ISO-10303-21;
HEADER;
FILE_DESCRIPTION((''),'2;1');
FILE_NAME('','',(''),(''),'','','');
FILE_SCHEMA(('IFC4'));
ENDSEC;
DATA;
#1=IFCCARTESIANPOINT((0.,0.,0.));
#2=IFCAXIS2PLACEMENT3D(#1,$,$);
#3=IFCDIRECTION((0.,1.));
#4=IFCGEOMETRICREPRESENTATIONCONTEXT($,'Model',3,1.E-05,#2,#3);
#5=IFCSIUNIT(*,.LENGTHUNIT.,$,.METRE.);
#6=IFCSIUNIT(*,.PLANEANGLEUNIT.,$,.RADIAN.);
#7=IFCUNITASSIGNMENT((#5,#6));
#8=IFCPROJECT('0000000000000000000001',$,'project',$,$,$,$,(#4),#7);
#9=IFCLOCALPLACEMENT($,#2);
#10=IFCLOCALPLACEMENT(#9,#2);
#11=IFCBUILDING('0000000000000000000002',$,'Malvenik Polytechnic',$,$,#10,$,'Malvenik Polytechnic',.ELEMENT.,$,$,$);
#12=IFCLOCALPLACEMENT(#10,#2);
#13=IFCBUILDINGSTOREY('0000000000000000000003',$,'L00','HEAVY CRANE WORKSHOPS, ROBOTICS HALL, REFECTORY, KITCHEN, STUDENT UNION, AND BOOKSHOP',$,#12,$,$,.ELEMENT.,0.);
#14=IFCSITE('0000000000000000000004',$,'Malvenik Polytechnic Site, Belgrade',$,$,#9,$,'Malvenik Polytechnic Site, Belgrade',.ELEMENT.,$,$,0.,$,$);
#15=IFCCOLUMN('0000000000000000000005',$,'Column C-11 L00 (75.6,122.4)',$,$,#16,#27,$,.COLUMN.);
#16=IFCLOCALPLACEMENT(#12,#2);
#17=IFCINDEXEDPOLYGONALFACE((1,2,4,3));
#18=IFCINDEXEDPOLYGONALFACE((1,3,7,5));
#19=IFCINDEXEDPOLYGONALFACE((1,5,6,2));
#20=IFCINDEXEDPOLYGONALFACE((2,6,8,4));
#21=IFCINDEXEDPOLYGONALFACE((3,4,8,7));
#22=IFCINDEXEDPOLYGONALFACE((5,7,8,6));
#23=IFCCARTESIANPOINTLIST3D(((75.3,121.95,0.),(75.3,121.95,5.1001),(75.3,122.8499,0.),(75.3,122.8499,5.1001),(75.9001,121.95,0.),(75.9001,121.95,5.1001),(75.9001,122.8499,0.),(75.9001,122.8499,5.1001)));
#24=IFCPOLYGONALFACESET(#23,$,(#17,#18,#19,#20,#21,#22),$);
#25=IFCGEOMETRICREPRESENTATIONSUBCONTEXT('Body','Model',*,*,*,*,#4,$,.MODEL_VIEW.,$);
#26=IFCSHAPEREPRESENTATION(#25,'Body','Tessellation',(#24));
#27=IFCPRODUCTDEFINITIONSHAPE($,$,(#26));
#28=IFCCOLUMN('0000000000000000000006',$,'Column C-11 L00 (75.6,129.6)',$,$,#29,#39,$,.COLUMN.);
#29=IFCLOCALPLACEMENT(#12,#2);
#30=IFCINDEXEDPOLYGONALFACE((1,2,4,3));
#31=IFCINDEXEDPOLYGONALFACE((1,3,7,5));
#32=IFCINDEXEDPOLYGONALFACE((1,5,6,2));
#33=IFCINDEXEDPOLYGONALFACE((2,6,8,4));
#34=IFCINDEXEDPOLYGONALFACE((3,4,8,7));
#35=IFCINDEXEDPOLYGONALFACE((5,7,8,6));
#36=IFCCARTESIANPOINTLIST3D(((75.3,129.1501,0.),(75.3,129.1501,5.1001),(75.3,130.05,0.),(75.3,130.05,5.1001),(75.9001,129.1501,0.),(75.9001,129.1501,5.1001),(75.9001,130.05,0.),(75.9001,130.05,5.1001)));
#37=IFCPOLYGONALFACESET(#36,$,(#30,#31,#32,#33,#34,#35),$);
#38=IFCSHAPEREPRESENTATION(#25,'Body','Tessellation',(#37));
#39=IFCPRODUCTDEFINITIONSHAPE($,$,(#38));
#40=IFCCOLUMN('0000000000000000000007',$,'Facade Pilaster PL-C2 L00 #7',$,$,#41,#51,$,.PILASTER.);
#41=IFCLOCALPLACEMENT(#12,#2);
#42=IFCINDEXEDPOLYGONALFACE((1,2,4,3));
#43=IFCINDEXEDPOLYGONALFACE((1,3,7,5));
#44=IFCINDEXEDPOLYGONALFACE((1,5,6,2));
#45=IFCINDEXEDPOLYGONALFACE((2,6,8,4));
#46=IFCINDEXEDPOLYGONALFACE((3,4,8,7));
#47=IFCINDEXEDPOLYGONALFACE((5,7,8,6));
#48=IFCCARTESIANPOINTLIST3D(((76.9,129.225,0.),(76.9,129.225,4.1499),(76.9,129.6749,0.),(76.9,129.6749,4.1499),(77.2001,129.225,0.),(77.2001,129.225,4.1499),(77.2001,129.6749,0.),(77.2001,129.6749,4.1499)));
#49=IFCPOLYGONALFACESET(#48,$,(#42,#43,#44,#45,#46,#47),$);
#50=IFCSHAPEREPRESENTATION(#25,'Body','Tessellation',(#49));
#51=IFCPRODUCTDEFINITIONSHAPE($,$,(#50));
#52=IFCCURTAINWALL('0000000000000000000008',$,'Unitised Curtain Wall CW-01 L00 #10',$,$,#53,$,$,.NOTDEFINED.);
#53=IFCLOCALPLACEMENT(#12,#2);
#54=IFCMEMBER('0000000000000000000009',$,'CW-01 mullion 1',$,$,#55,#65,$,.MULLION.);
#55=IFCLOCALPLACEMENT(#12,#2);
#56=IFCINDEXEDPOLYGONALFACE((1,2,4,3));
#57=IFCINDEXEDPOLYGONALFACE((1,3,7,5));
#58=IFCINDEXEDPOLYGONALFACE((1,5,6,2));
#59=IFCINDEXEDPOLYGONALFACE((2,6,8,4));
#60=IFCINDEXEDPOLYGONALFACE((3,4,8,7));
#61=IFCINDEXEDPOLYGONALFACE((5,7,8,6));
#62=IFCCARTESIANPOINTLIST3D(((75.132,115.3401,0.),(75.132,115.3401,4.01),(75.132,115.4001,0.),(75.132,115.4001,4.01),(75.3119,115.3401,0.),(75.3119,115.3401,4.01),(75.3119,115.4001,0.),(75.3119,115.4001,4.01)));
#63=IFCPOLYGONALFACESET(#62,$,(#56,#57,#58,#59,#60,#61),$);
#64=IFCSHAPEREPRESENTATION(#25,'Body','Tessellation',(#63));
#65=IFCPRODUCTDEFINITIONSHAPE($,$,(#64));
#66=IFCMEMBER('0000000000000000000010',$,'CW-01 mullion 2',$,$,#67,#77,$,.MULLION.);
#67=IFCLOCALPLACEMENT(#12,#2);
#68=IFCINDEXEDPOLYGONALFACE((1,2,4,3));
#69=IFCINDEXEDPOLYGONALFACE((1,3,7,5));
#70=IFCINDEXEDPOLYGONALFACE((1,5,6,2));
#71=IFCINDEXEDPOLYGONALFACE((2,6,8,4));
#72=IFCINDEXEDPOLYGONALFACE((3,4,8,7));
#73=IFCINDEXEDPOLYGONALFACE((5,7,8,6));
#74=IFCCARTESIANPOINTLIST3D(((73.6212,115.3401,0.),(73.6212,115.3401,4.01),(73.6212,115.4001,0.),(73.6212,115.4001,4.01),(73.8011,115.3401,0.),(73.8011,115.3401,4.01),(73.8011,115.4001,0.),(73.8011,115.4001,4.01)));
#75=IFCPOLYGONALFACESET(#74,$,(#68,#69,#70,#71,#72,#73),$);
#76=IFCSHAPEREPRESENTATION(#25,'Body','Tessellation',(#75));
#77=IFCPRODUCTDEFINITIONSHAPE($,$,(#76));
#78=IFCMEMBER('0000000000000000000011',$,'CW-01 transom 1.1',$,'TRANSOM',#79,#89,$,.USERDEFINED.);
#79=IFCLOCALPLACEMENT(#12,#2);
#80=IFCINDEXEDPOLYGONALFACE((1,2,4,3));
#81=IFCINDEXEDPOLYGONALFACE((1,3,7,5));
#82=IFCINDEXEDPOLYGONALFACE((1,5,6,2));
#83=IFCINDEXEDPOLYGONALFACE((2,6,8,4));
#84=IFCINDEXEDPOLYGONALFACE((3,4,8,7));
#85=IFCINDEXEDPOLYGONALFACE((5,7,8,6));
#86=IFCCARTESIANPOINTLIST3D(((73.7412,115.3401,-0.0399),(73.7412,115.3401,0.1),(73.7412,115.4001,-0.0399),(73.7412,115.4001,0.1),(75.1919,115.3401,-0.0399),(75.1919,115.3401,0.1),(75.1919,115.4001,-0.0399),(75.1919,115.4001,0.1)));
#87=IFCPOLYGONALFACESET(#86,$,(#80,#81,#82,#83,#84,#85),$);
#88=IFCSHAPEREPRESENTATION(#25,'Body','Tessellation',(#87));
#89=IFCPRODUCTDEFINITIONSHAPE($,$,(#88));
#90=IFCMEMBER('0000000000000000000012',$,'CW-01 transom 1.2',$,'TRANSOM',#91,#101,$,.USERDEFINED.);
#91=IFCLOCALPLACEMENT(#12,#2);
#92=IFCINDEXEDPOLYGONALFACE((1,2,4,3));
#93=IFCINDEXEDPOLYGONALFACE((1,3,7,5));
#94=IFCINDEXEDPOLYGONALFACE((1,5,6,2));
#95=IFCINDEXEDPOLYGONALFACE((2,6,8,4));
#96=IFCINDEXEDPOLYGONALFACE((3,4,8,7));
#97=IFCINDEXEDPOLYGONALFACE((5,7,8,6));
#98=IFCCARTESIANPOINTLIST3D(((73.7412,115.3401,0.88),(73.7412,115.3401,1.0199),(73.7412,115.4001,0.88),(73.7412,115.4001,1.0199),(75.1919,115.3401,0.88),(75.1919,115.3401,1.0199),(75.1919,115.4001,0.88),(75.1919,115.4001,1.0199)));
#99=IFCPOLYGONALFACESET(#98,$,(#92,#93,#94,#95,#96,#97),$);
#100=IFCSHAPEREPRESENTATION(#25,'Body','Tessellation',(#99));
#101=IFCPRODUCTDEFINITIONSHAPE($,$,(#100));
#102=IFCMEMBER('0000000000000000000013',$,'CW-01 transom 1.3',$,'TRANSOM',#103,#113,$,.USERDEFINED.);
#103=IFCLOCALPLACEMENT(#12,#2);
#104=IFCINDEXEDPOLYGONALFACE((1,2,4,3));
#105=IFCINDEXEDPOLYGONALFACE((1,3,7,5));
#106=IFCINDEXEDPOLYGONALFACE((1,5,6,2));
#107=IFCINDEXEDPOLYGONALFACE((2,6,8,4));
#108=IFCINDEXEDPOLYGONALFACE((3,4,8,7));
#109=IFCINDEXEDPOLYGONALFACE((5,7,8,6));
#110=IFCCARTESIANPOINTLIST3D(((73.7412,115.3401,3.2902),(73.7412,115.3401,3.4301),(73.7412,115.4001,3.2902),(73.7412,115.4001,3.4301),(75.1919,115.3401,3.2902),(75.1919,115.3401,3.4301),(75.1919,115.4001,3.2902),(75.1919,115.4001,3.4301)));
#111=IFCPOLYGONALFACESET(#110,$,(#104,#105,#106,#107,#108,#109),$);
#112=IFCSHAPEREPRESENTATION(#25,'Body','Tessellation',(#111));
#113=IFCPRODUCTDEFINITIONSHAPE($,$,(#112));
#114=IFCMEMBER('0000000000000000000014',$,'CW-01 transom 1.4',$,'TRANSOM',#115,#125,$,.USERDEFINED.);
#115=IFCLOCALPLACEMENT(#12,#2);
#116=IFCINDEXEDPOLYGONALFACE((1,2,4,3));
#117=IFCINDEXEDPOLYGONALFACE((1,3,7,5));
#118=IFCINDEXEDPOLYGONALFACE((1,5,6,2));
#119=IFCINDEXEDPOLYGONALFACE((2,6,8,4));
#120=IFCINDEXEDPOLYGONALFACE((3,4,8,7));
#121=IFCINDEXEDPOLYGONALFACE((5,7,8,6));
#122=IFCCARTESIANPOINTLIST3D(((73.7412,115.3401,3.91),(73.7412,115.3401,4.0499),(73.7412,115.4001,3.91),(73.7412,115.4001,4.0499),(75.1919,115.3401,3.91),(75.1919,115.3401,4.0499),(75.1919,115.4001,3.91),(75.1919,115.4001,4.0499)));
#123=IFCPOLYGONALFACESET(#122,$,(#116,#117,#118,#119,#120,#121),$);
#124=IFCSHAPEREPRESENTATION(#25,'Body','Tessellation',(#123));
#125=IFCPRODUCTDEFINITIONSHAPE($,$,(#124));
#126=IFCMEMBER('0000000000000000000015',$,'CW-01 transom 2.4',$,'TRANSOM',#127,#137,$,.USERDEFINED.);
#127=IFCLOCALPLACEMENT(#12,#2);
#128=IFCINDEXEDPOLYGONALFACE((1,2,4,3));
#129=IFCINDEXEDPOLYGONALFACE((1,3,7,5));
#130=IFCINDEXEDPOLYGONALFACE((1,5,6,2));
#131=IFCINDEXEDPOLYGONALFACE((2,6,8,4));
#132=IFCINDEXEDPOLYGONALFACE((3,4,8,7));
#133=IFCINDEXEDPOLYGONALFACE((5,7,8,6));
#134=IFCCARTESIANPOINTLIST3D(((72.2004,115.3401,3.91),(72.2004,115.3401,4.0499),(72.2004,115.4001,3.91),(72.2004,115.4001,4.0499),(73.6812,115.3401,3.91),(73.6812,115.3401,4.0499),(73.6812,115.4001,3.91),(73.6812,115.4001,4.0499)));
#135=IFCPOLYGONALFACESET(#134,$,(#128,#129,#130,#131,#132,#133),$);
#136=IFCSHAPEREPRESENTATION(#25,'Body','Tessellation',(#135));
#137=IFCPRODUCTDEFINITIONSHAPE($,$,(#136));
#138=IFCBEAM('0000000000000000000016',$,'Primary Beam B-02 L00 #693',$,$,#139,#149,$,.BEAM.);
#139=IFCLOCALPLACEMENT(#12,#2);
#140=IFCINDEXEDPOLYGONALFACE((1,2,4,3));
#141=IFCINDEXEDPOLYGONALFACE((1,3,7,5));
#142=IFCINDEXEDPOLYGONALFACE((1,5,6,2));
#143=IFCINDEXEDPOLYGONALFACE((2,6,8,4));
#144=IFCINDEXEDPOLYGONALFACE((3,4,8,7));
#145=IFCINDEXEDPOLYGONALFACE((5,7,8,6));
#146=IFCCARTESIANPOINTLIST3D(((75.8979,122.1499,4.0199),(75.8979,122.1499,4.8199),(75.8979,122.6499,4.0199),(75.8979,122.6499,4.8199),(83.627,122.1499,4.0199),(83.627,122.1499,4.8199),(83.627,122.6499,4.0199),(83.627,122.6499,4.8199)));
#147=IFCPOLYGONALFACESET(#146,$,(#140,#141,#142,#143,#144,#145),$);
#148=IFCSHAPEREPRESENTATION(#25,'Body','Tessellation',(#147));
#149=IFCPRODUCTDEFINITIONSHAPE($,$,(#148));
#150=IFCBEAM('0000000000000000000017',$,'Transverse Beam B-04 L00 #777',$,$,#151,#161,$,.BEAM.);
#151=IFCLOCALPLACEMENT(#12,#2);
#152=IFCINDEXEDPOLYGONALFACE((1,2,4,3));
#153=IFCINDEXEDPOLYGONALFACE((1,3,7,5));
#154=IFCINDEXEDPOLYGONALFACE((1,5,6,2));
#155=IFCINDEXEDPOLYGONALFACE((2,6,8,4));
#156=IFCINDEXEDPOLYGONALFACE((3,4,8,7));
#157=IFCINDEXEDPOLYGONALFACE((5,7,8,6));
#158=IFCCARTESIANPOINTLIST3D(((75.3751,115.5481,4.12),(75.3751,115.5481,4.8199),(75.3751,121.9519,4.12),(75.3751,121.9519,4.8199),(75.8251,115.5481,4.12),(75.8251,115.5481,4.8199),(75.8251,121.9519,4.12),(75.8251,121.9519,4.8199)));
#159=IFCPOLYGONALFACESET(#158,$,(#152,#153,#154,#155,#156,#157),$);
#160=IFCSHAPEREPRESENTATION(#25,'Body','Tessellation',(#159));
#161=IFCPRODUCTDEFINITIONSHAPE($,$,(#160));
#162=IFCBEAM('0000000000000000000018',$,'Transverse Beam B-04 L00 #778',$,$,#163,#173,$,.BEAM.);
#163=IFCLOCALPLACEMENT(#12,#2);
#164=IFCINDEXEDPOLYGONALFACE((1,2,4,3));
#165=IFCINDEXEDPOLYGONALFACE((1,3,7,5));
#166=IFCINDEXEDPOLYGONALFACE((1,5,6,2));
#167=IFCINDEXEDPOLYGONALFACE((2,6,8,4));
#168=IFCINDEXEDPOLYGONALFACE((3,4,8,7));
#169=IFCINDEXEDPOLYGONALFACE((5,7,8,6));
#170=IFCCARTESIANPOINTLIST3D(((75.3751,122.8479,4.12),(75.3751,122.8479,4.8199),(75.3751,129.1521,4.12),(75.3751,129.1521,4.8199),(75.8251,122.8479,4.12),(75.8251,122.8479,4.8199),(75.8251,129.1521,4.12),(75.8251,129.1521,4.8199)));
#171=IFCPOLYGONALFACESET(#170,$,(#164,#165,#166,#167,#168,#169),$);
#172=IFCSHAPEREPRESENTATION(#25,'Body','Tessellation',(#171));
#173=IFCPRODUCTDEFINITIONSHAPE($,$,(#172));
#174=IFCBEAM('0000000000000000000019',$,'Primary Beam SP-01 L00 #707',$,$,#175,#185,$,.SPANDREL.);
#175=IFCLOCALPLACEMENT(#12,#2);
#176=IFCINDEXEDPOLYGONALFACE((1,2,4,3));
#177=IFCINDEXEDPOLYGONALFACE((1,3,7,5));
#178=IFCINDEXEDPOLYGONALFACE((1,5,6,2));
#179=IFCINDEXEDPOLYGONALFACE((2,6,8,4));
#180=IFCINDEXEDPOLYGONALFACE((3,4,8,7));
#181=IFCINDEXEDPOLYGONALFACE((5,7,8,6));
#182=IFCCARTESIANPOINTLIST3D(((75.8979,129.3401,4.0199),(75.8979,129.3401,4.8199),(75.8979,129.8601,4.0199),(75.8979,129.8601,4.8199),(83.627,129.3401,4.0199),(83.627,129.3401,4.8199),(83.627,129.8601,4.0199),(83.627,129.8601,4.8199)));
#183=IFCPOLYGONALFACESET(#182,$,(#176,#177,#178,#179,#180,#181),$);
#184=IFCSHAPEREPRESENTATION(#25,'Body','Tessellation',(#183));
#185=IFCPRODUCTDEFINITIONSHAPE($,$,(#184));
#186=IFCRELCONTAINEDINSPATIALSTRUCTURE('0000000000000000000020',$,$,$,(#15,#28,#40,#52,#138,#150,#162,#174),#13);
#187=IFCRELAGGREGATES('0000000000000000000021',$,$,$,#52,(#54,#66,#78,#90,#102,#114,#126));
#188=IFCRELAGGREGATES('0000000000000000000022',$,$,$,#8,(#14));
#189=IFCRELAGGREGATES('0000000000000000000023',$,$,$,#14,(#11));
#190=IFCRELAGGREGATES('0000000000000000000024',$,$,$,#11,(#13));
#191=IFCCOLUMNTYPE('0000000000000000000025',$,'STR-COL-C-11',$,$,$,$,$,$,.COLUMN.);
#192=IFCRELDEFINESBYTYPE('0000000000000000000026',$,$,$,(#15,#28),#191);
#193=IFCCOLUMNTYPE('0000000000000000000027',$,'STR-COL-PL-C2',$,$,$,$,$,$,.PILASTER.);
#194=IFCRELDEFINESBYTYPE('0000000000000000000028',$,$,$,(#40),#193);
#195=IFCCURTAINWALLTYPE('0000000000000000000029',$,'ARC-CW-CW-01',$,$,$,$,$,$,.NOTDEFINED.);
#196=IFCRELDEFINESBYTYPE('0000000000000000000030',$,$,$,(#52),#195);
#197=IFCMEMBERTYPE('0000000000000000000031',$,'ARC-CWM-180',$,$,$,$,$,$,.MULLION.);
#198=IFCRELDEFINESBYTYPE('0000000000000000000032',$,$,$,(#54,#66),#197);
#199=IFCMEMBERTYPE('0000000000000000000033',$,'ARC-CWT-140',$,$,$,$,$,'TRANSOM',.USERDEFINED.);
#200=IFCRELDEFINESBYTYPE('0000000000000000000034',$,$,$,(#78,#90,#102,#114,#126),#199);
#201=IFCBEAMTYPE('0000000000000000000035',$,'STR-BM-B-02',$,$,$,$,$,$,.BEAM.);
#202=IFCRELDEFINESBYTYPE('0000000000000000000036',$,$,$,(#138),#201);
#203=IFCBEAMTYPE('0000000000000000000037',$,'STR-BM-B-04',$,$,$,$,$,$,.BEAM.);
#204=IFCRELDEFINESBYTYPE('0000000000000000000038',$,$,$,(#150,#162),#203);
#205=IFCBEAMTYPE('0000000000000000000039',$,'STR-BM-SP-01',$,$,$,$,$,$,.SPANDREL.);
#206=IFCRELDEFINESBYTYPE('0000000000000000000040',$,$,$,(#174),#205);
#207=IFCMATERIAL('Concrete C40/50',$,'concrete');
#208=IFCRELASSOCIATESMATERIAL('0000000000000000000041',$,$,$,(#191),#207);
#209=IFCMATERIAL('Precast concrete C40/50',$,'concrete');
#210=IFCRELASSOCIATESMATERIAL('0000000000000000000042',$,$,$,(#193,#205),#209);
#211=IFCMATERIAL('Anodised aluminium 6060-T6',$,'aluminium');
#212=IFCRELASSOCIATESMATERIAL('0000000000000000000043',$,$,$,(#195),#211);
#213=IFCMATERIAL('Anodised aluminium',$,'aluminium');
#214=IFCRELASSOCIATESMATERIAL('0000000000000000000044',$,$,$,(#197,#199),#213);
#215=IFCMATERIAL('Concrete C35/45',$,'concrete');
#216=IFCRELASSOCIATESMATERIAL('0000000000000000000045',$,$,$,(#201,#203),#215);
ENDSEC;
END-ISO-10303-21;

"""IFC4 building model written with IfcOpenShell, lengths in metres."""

from ifc_helpers import new_model, si_unit, direction, frame, origin, origin_2d, place, context, subcontext, project, spatial, rectangle, extrude, material, material_profile, profile_set, type_object, element, aggregate, save


model = new_model("IFC4")

# Units and contexts
model_context = context("Model", 3, precision=1e-05, world=origin(), true_north=direction((0.0, 1.0)))
body_context = subcontext(model_context, "Body", "Model", "MODEL_VIEW")
ifc_project = project(units=[si_unit("LENGTHUNIT", "METRE"), si_unit("PLANEANGLEUNIT", "RADIAN")], contexts=[model_context])

# Site, building, storey
site_placement = place(None, origin())
site = spatial("IfcSite", under=ifc_project, at=site_placement, Name="Malvenik Polytechnic Site, Belgrade", LongName="Malvenik Polytechnic Site, Belgrade", CompositionType="ELEMENT", RefElevation=0.0)
building_placement = place(site_placement, origin())
building = spatial("IfcBuilding", under=site, at=building_placement, Name="Malvenik Polytechnic", LongName="Malvenik Polytechnic", CompositionType="ELEMENT")
storey_placement = place(building_placement, origin())
storey = spatial("IfcBuildingStorey", under=building, at=storey_placement, Name="L00", Description="HEAVY CRANE WORKSHOPS, ROBOTICS HALL, REFECTORY, KITCHEN, STUDENT UNION, AND BOOKSHOP", CompositionType="ELEMENT", Elevation=0.0)

# Columns
ifc_material_1 = material(Name="Concrete C40/50", Category="concrete")
ifc_material_profile_1 = material_profile(ifc_material_1, rectangle(XDim=0.6001, YDim=0.8999, at=origin_2d()), Name="RC COL 900x600")
ifc_profile_set_1 = profile_set([ifc_material_profile_1], Name="Concrete C40/50")
column_type_1 = type_object("IfcColumnType", Name="STR-COL-C-11", PredefinedType="COLUMN", material=ifc_profile_set_1)
for number, where, z_axis, x_axis, name in (
    (1, (75.6001, 122.3999, 0.0), (0.0, 0.0, 1.0), (1.0, 0.0, 0.0), "Column C-11 L00 (75.6,122.4)"),
    (2, (75.6001, 129.6001, 0.0), (0.0, 0.0, 1.0), (1.0, 0.0, 0.0), "Column C-11 L00 (75.6,129.6)"),
):
    element("IfcColumn", number, at=place(storey_placement, frame(where, z_axis=z_axis, x_axis=x_axis)), inside=storey, type_object=column_type_1, Name=name, PredefinedType="COLUMN", context=body_context, shape_type="SweptSolid", body=[
        extrude(rectangle(XDim=0.6001, YDim=0.8999, at=origin_2d()), origin(), (0.0, 0.0, 1.0), 5.1001),
    ])
ifc_material_2 = material(Name="Precast concrete C40/50", Category="concrete")
ifc_material_profile_2 = material_profile(ifc_material_2, rectangle(XDim=0.3, YDim=0.45, at=origin_2d()), Name="RC PIL 450x300")
ifc_profile_set_2 = profile_set([ifc_material_profile_2], Name="Precast concrete C40/50")
column_type_2 = type_object("IfcColumnType", Name="STR-COL-PL-C2", PredefinedType="PILASTER", material=ifc_profile_set_2)
column_placement = place(storey_placement, frame((77.05, 129.45, 0.0), z_axis=(0.0, 0.0, 1.0), x_axis=(1.0, 0.0, 0.0)))
element("IfcColumn", 3, at=column_placement, inside=storey, type_object=column_type_2, Name="Facade Pilaster PL-C2 L00 #7", PredefinedType="PILASTER", context=body_context, shape_type="SweptSolid", body=[
    extrude(rectangle(XDim=0.3, YDim=0.45, at=origin_2d()), origin(), (0.0, 0.0, 1.0), 4.1499),
])

# Curtain wall, members
ifc_material_3 = material(Name="Anodised aluminium 6060-T6", Category="aluminium")
curtain_wall_type = type_object("IfcCurtainWallType", Name="ARC-CW-CW-01", PredefinedType="NOTDEFINED", material=ifc_material_3)
curtain_wall_placement = place(storey_placement, origin())
curtain_wall = element("IfcCurtainWall", 4, at=curtain_wall_placement, inside=storey, type_object=curtain_wall_type, Name="Unitised Curtain Wall CW-01 L00 #10", PredefinedType="NOTDEFINED")
ifc_material_4 = material(Name="Anodised aluminium", Category="aluminium")
ifc_material_profile_3 = material_profile(ifc_material_4, rectangle(XDim=0.0601, YDim=0.1799, at=origin_2d()), Name="ALU MULLION 60x180")
ifc_profile_set_3 = profile_set([ifc_material_profile_3], Name="Anodised aluminium")
member_type_1 = type_object("IfcMemberType", Name="ARC-CWM-180", PredefinedType="MULLION", material=ifc_profile_set_3)
member_1_placement = place(storey_placement, frame((75.2219, 115.3701, 0.0), z_axis=(0.0, 0.0, 1.0), x_axis=(0.0, -1.0, 0.0)))
member_1 = element("IfcMember", 5, at=member_1_placement, type_object=member_type_1, Name="CW-01 mullion 1", PredefinedType="MULLION", context=body_context, shape_type="SweptSolid", body=[
    extrude(rectangle(XDim=0.0601, YDim=0.1799, at=origin_2d()), origin(), (0.0, 0.0, 1.0), 4.01),
])
member_2_placement = place(storey_placement, frame((73.7112, 115.3701, 0.0), z_axis=(0.0, 0.0, 1.0), x_axis=(0.0, -1.0, 0.0)))
member_2 = element("IfcMember", 6, at=member_2_placement, type_object=member_type_1, Name="CW-01 mullion 2", PredefinedType="MULLION", context=body_context, shape_type="SweptSolid", body=[
    extrude(rectangle(XDim=0.0601, YDim=0.1799, at=origin_2d()), origin(), (0.0, 0.0, 1.0), 4.01),
])
ifc_material_profile_4 = material_profile(ifc_material_4, rectangle(XDim=0.0601, YDim=0.1399, at=origin_2d()), Name="ALU TRANSOM 60x140")
ifc_profile_set_4 = profile_set([ifc_material_profile_4], Name="Anodised aluminium")
member_type_2 = type_object("IfcMemberType", Name="ARC-CWT-140", ElementType="TRANSOM", PredefinedType="USERDEFINED", material=ifc_profile_set_4)
member_3_placement = place(storey_placement, frame((75.1919, 115.3701, 0.03), z_axis=(-1.0, 0.0, 0.0), x_axis=(0.0, -1.0, 0.0)))
member_3 = element("IfcMember", 7, at=member_3_placement, type_object=member_type_2, Name="CW-01 transom 1.1", ObjectType="TRANSOM", PredefinedType="USERDEFINED", context=body_context, shape_type="SweptSolid", body=[
    extrude(rectangle(XDim=0.0601, YDim=0.1399, at=origin_2d()), origin(), (0.0, 0.0, 1.0), 1.4507),
])
member_4_placement = place(storey_placement, frame((75.1919, 115.3701, 0.95), z_axis=(-1.0, 0.0, 0.0), x_axis=(0.0, -1.0, 0.0)))
member_4 = element("IfcMember", 8, at=member_4_placement, type_object=member_type_2, Name="CW-01 transom 1.2", ObjectType="TRANSOM", PredefinedType="USERDEFINED", context=body_context, shape_type="SweptSolid", body=[
    extrude(rectangle(XDim=0.0601, YDim=0.1399, at=origin_2d()), origin(), (0.0, 0.0, 1.0), 1.4507),
])
member_5_placement = place(storey_placement, frame((75.1919, 115.3701, 3.3601), z_axis=(-1.0, 0.0, 0.0), x_axis=(0.0, -1.0, 0.0)))
member_5 = element("IfcMember", 9, at=member_5_placement, type_object=member_type_2, Name="CW-01 transom 1.3", ObjectType="TRANSOM", PredefinedType="USERDEFINED", context=body_context, shape_type="SweptSolid", body=[
    extrude(rectangle(XDim=0.0601, YDim=0.1399, at=origin_2d()), origin(), (0.0, 0.0, 1.0), 1.4507),
])
member_6_placement = place(storey_placement, frame((75.1919, 115.3701, 3.98), z_axis=(-1.0, 0.0, 0.0), x_axis=(0.0, -1.0, 0.0)))
member_6 = element("IfcMember", 10, at=member_6_placement, type_object=member_type_2, Name="CW-01 transom 1.4", ObjectType="TRANSOM", PredefinedType="USERDEFINED", context=body_context, shape_type="SweptSolid", body=[
    extrude(rectangle(XDim=0.0601, YDim=0.1399, at=origin_2d()), origin(), (0.0, 0.0, 1.0), 1.4507),
])
member_7_placement = place(storey_placement, frame((73.6812, 115.3701, 3.98), z_axis=(-1.0, 0.0, 0.0), x_axis=(0.0, -1.0, 0.0)))
member_7 = element("IfcMember", 11, at=member_7_placement, type_object=member_type_2, Name="CW-01 transom 2.4", ObjectType="TRANSOM", PredefinedType="USERDEFINED", context=body_context, shape_type="SweptSolid", body=[
    extrude(rectangle(XDim=0.0601, YDim=0.1399, at=origin_2d()), origin(), (0.0, 0.0, 1.0), 1.4807),
])

# Beams
ifc_material_5 = material(Name="Concrete C35/45", Category="concrete")
ifc_material_profile_5 = material_profile(ifc_material_5, rectangle(XDim=0.5, YDim=0.8, at=origin_2d()), Name="RC BM 500x800")
ifc_profile_set_5 = profile_set([ifc_material_profile_5], Name="Concrete C35/45")
beam_type_1 = type_object("IfcBeamType", Name="STR-BM-B-02", PredefinedType="BEAM", material=ifc_profile_set_5)
beam_1_placement = place(storey_placement, frame((75.8979, 122.3999, 4.4199), z_axis=(1.0, 0.0, 0.0), x_axis=(0.0, 1.0, 0.0)))
element("IfcBeam", 12, at=beam_1_placement, inside=storey, type_object=beam_type_1, Name="Primary Beam B-02 L00 #693", PredefinedType="BEAM", context=body_context, shape_type="SweptSolid", body=[
    extrude(rectangle(XDim=0.5, YDim=0.8, at=origin_2d()), origin(), (0.0, 0.0, 1.0), 7.729),
])
ifc_material_profile_6 = material_profile(ifc_material_5, rectangle(XDim=0.45, YDim=0.7, at=origin_2d()), Name="RC BM 450x700")
ifc_profile_set_6 = profile_set([ifc_material_profile_6], Name="Concrete C35/45")
beam_type_2 = type_object("IfcBeamType", Name="STR-BM-B-04", PredefinedType="BEAM", material=ifc_profile_set_6)
beam_2_placement = place(storey_placement, frame((75.6001, 115.5481, 4.47), z_axis=(0.0, 1.0, 0.0), x_axis=(-1.0, 0.0, 0.0)))
element("IfcBeam", 13, at=beam_2_placement, inside=storey, type_object=beam_type_2, Name="Transverse Beam B-04 L00 #777", PredefinedType="BEAM", context=body_context, shape_type="SweptSolid", body=[
    extrude(rectangle(XDim=0.45, YDim=0.7, at=origin_2d()), origin(), (0.0, 0.0, 1.0), 6.4038),
])
beam_3_placement = place(storey_placement, frame((75.6001, 122.8479, 4.47), z_axis=(0.0, 1.0, 0.0), x_axis=(-1.0, 0.0, 0.0)))
element("IfcBeam", 14, at=beam_3_placement, inside=storey, type_object=beam_type_2, Name="Transverse Beam B-04 L00 #778", PredefinedType="BEAM", context=body_context, shape_type="SweptSolid", body=[
    extrude(rectangle(XDim=0.45, YDim=0.7, at=origin_2d()), origin(), (0.0, 0.0, 1.0), 6.3042),
])
ifc_material_profile_7 = material_profile(ifc_material_2, rectangle(XDim=0.52, YDim=0.8, at=origin_2d()), Name="PC SPN 520x800")
ifc_profile_set_7 = profile_set([ifc_material_profile_7], Name="Precast concrete C40/50")
beam_type_3 = type_object("IfcBeamType", Name="STR-BM-SP-01", PredefinedType="SPANDREL", material=ifc_profile_set_7)
beam_4_placement = place(storey_placement, frame((75.8979, 129.6001, 4.4199), z_axis=(1.0, 0.0, 0.0), x_axis=(0.0, 1.0, 0.0)))
element("IfcBeam", 15, at=beam_4_placement, inside=storey, type_object=beam_type_3, Name="Primary Beam SP-01 L00 #707", PredefinedType="SPANDREL", context=body_context, shape_type="SweptSolid", body=[
    extrude(rectangle(XDim=0.52, YDim=0.8, at=origin_2d()), origin(), (0.0, 0.0, 1.0), 7.729),
])

aggregate(curtain_wall, [member_1, member_2, member_3, member_4, member_5, member_6, member_7])

save(model, "model.ifc")
